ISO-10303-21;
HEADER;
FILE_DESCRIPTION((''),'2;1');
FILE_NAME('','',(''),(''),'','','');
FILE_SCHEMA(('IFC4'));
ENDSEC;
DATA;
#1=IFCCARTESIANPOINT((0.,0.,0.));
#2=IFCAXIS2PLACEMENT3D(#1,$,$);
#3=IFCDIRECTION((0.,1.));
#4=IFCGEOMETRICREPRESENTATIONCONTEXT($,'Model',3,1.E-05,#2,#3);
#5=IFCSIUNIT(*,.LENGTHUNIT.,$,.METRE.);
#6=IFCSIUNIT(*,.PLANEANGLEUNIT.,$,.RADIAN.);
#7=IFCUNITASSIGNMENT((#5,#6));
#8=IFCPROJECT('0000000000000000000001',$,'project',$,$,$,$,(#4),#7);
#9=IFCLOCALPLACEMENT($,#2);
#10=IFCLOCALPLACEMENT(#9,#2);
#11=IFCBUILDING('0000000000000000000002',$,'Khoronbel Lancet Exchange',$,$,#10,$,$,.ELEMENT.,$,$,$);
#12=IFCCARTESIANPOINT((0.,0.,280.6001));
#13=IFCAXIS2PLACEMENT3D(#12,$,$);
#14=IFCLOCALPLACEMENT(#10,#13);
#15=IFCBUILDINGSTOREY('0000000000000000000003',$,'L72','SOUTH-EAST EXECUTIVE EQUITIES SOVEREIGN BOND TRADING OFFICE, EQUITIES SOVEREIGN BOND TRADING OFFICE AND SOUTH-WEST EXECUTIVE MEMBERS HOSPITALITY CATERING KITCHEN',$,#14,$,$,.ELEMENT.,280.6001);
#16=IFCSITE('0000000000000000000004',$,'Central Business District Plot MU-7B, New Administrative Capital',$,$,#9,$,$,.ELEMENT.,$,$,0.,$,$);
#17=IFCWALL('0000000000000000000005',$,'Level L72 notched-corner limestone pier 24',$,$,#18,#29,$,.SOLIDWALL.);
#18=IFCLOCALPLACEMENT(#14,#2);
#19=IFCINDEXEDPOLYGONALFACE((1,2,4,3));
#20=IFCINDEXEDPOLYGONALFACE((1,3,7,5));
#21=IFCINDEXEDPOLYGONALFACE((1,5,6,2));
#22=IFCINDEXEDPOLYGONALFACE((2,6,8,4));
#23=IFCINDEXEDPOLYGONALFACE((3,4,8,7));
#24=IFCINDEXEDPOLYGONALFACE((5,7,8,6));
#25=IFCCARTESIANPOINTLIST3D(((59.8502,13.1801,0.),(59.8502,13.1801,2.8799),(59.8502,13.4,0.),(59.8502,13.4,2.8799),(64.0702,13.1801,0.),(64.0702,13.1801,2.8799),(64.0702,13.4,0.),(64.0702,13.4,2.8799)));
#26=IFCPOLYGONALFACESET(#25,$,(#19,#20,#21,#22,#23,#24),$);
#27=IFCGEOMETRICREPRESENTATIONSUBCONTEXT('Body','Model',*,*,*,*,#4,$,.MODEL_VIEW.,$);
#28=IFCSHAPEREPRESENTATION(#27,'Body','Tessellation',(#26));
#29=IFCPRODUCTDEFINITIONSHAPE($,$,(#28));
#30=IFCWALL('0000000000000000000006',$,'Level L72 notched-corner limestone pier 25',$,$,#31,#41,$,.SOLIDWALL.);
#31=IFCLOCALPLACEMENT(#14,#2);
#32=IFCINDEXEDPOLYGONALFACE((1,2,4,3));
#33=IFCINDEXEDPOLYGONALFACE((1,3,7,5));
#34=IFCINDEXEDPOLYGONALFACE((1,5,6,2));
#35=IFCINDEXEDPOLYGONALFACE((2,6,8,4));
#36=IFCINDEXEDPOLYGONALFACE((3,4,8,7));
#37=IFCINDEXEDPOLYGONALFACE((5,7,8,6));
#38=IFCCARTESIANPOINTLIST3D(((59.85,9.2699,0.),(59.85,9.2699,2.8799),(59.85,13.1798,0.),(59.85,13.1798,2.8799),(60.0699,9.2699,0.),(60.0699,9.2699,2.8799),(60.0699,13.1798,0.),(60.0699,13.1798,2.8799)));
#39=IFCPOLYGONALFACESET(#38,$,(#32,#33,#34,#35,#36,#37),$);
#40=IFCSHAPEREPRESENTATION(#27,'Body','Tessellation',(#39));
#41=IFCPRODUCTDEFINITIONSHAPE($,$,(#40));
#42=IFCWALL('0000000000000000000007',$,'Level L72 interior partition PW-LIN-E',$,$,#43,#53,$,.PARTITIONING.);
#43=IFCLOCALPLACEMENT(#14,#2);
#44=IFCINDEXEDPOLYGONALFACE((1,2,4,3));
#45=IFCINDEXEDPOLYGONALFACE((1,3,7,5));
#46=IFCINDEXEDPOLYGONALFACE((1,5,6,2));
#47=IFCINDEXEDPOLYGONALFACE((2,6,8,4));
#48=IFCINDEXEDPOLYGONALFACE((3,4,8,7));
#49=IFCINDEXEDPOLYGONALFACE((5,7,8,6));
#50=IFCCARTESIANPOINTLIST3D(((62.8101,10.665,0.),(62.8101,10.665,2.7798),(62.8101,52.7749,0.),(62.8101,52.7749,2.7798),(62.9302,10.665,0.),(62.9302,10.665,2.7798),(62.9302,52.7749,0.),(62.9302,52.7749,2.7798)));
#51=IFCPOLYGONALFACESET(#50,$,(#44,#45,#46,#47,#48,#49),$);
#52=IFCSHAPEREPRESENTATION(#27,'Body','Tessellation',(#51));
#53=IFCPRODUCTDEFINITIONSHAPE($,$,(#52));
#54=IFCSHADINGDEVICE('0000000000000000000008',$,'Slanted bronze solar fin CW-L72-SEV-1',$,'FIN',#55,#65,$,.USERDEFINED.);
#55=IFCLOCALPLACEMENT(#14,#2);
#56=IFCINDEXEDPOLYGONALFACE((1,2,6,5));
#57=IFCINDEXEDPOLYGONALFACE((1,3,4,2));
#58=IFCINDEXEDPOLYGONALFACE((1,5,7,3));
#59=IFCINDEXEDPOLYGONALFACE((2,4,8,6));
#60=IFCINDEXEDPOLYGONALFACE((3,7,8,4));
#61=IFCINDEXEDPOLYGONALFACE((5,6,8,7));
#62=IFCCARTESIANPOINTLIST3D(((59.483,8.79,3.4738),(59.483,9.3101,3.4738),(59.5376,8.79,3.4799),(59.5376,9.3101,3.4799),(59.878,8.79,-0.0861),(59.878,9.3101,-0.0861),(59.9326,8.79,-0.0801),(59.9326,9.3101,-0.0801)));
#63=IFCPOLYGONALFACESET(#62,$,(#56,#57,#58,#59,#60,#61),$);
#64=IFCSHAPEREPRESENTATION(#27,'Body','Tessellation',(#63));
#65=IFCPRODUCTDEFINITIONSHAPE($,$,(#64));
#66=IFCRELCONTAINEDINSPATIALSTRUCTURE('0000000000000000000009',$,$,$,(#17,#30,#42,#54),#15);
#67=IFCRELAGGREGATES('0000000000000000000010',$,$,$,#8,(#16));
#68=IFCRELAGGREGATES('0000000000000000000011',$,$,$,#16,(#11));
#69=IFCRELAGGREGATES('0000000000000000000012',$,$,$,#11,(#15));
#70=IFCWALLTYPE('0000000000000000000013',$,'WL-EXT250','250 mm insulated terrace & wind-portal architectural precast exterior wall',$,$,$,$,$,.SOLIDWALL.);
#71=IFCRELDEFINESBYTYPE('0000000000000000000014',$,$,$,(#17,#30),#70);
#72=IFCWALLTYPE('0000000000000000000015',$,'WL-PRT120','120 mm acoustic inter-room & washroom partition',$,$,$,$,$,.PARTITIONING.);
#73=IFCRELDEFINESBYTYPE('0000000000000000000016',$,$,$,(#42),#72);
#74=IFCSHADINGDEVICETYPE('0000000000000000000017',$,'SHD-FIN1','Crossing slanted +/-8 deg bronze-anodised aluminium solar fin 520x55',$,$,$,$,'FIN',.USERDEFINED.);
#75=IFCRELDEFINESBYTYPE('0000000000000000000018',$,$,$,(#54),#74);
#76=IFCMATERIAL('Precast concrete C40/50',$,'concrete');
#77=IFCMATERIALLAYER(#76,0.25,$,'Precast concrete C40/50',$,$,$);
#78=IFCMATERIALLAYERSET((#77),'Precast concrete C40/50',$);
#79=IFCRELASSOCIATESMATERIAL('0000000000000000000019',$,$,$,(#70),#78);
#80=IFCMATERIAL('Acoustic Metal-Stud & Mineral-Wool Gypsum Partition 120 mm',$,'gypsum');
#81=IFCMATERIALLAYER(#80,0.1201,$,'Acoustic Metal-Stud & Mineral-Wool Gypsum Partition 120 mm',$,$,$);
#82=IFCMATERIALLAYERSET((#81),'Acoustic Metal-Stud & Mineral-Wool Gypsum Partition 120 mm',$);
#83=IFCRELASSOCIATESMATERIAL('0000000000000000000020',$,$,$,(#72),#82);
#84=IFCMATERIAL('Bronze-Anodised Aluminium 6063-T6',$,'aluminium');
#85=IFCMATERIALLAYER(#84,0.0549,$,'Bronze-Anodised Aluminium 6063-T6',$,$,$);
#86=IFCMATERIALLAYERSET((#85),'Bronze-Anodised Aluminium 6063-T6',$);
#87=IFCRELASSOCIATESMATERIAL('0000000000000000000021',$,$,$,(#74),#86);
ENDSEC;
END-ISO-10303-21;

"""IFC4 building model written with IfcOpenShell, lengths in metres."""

from ifc_helpers import new_model, si_unit, direction, frame, frame_2d, origin, place, context, subcontext, project, spatial, polyline, rectangle, outline, extrude, material, layer, layer_set, type_object, element, save


model = new_model("IFC4")

# Units and contexts
model_context = context("Model", 3, precision=1e-05, world=origin(), true_north=direction((0.0, 1.0)))
body_context = subcontext(model_context, "Body", "Model", "MODEL_VIEW")
ifc_project = project(units=[si_unit("LENGTHUNIT", "METRE"), si_unit("PLANEANGLEUNIT", "RADIAN")], contexts=[model_context])

# Site, building, storey
site_placement = place(None, origin())
site = spatial("IfcSite", under=ifc_project, at=site_placement, Name="Central Business District Plot MU-7B, New Administrative Capital", CompositionType="ELEMENT", RefElevation=0.0)
building_placement = place(site_placement, origin())
building = spatial("IfcBuilding", under=site, at=building_placement, Name="Khoronbel Lancet Exchange", CompositionType="ELEMENT")
storey_placement = place(building_placement, frame((0.0, 0.0, 280.6001)))
storey = spatial("IfcBuildingStorey", under=building, at=storey_placement, Name="L72", Description="SOUTH-EAST EXECUTIVE EQUITIES SOVEREIGN BOND TRADING OFFICE, EQUITIES SOVEREIGN BOND TRADING OFFICE AND SOUTH-WEST EXECUTIVE MEMBERS HOSPITALITY CATERING KITCHEN", CompositionType="ELEMENT", Elevation=280.6001)

# Shared definitions
ifc_material_1 = material(Name="Bronze-Anodised Aluminium 6063-T6", Category="aluminium")

# Walls
ifc_material_2 = material(Name="Precast concrete C40/50", Category="concrete")
ifc_layer_1 = layer(ifc_material_2, 0.25, Name="Precast concrete C40/50")
ifc_layer_set_1 = layer_set([ifc_layer_1], Name="Precast concrete C40/50")
wall_type_1 = type_object("IfcWallType", Name="WL-EXT250", Description="250 mm insulated terrace & wind-portal architectural precast exterior wall", PredefinedType="SOLIDWALL", material=ifc_layer_set_1)
wall_1_placement = place(storey_placement, frame((64.0701, 13.29, 0.0), z_axis=(0.0, 0.0, 1.0), x_axis=(-1.0, 0.0, 0.0)))
element("IfcWall", 1, at=wall_1_placement, inside=storey, type_object=wall_type_1, Name="Level L72 notched-corner limestone pier 24", PredefinedType="SOLIDWALL", context=body_context, shape_type="SweptSolid", body=[
    extrude(rectangle(XDim=4.22, YDim=0.22, at=frame_2d((2.1099, 0.0))), origin(), (0.0, 0.0, 1.0), 2.8799),
])
wall_2_placement = place(storey_placement, frame((59.96, 13.1799, 0.0), z_axis=(0.0, 0.0, 1.0), x_axis=(0.0, -1.0, 0.0)))
element("IfcWall", 2, at=wall_2_placement, inside=storey, type_object=wall_type_1, Name="Level L72 notched-corner limestone pier 25", PredefinedType="SOLIDWALL", context=body_context, shape_type="SweptSolid", body=[
    extrude(rectangle(XDim=3.9099, YDim=0.22, at=frame_2d((1.9551, 0.0))), origin(), (0.0, 0.0, 1.0), 2.8799),
])
ifc_material_3 = material(Name="Acoustic Metal-Stud & Mineral-Wool Gypsum Partition 120 mm", Category="gypsum")
ifc_layer_2 = layer(ifc_material_3, 0.1201, Name="Acoustic Metal-Stud & Mineral-Wool Gypsum Partition 120 mm")
ifc_layer_set_2 = layer_set([ifc_layer_2], Name="Acoustic Metal-Stud & Mineral-Wool Gypsum Partition 120 mm")
wall_type_2 = type_object("IfcWallType", Name="WL-PRT120", Description="120 mm acoustic inter-room & washroom partition", PredefinedType="PARTITIONING", material=ifc_layer_set_2)
wall_3_placement = place(storey_placement, frame((62.8701, 10.665, 0.0), z_axis=(0.0, 0.0, 1.0), x_axis=(0.0, 1.0, 0.0)))
element("IfcWall", 3, at=wall_3_placement, inside=storey, type_object=wall_type_2, Name="Level L72 interior partition PW-LIN-E", PredefinedType="PARTITIONING", context=body_context, shape_type="SweptSolid", body=[
    extrude(rectangle(XDim=42.1099, YDim=0.1201, at=frame_2d((21.0549, 0.0))), origin(), (0.0, 0.0, 1.0), 2.7798),
])

# Shading device
ifc_layer_3 = layer(ifc_material_1, 0.0549, Name="Bronze-Anodised Aluminium 6063-T6")
ifc_layer_set_3 = layer_set([ifc_layer_3], Name="Bronze-Anodised Aluminium 6063-T6")
shading_device_type = type_object("IfcShadingDeviceType", Name="SHD-FIN1", Description="Crossing slanted +/-8 deg bronze-anodised aluminium solar fin 520x55", ElementType="FIN", PredefinedType="USERDEFINED", material=ifc_layer_set_3)
shading_device_placement = place(storey_placement, frame((59.9326, 9.3101, -0.0801), z_axis=(0.9939, 0.0, 0.110282), x_axis=(0.0, -1.0, 0.0)))
element("IfcShadingDevice", 4, at=shading_device_placement, inside=storey, type_object=shading_device_type, Name="Slanted bronze solar fin CW-L72-SEV-1", ObjectType="FIN", PredefinedType="USERDEFINED", context=body_context, shape_type="SweptSolid", body=[
    extrude(outline(polyline([(0.0, 0.0), (0.52, 0.0), (0.52, -3.5818), (0.0, -3.5818), (0.0, 0.0)])), origin(), (0.0, 0.0, -1.0), 0.0549),
])

save(model, "model.ifc")
